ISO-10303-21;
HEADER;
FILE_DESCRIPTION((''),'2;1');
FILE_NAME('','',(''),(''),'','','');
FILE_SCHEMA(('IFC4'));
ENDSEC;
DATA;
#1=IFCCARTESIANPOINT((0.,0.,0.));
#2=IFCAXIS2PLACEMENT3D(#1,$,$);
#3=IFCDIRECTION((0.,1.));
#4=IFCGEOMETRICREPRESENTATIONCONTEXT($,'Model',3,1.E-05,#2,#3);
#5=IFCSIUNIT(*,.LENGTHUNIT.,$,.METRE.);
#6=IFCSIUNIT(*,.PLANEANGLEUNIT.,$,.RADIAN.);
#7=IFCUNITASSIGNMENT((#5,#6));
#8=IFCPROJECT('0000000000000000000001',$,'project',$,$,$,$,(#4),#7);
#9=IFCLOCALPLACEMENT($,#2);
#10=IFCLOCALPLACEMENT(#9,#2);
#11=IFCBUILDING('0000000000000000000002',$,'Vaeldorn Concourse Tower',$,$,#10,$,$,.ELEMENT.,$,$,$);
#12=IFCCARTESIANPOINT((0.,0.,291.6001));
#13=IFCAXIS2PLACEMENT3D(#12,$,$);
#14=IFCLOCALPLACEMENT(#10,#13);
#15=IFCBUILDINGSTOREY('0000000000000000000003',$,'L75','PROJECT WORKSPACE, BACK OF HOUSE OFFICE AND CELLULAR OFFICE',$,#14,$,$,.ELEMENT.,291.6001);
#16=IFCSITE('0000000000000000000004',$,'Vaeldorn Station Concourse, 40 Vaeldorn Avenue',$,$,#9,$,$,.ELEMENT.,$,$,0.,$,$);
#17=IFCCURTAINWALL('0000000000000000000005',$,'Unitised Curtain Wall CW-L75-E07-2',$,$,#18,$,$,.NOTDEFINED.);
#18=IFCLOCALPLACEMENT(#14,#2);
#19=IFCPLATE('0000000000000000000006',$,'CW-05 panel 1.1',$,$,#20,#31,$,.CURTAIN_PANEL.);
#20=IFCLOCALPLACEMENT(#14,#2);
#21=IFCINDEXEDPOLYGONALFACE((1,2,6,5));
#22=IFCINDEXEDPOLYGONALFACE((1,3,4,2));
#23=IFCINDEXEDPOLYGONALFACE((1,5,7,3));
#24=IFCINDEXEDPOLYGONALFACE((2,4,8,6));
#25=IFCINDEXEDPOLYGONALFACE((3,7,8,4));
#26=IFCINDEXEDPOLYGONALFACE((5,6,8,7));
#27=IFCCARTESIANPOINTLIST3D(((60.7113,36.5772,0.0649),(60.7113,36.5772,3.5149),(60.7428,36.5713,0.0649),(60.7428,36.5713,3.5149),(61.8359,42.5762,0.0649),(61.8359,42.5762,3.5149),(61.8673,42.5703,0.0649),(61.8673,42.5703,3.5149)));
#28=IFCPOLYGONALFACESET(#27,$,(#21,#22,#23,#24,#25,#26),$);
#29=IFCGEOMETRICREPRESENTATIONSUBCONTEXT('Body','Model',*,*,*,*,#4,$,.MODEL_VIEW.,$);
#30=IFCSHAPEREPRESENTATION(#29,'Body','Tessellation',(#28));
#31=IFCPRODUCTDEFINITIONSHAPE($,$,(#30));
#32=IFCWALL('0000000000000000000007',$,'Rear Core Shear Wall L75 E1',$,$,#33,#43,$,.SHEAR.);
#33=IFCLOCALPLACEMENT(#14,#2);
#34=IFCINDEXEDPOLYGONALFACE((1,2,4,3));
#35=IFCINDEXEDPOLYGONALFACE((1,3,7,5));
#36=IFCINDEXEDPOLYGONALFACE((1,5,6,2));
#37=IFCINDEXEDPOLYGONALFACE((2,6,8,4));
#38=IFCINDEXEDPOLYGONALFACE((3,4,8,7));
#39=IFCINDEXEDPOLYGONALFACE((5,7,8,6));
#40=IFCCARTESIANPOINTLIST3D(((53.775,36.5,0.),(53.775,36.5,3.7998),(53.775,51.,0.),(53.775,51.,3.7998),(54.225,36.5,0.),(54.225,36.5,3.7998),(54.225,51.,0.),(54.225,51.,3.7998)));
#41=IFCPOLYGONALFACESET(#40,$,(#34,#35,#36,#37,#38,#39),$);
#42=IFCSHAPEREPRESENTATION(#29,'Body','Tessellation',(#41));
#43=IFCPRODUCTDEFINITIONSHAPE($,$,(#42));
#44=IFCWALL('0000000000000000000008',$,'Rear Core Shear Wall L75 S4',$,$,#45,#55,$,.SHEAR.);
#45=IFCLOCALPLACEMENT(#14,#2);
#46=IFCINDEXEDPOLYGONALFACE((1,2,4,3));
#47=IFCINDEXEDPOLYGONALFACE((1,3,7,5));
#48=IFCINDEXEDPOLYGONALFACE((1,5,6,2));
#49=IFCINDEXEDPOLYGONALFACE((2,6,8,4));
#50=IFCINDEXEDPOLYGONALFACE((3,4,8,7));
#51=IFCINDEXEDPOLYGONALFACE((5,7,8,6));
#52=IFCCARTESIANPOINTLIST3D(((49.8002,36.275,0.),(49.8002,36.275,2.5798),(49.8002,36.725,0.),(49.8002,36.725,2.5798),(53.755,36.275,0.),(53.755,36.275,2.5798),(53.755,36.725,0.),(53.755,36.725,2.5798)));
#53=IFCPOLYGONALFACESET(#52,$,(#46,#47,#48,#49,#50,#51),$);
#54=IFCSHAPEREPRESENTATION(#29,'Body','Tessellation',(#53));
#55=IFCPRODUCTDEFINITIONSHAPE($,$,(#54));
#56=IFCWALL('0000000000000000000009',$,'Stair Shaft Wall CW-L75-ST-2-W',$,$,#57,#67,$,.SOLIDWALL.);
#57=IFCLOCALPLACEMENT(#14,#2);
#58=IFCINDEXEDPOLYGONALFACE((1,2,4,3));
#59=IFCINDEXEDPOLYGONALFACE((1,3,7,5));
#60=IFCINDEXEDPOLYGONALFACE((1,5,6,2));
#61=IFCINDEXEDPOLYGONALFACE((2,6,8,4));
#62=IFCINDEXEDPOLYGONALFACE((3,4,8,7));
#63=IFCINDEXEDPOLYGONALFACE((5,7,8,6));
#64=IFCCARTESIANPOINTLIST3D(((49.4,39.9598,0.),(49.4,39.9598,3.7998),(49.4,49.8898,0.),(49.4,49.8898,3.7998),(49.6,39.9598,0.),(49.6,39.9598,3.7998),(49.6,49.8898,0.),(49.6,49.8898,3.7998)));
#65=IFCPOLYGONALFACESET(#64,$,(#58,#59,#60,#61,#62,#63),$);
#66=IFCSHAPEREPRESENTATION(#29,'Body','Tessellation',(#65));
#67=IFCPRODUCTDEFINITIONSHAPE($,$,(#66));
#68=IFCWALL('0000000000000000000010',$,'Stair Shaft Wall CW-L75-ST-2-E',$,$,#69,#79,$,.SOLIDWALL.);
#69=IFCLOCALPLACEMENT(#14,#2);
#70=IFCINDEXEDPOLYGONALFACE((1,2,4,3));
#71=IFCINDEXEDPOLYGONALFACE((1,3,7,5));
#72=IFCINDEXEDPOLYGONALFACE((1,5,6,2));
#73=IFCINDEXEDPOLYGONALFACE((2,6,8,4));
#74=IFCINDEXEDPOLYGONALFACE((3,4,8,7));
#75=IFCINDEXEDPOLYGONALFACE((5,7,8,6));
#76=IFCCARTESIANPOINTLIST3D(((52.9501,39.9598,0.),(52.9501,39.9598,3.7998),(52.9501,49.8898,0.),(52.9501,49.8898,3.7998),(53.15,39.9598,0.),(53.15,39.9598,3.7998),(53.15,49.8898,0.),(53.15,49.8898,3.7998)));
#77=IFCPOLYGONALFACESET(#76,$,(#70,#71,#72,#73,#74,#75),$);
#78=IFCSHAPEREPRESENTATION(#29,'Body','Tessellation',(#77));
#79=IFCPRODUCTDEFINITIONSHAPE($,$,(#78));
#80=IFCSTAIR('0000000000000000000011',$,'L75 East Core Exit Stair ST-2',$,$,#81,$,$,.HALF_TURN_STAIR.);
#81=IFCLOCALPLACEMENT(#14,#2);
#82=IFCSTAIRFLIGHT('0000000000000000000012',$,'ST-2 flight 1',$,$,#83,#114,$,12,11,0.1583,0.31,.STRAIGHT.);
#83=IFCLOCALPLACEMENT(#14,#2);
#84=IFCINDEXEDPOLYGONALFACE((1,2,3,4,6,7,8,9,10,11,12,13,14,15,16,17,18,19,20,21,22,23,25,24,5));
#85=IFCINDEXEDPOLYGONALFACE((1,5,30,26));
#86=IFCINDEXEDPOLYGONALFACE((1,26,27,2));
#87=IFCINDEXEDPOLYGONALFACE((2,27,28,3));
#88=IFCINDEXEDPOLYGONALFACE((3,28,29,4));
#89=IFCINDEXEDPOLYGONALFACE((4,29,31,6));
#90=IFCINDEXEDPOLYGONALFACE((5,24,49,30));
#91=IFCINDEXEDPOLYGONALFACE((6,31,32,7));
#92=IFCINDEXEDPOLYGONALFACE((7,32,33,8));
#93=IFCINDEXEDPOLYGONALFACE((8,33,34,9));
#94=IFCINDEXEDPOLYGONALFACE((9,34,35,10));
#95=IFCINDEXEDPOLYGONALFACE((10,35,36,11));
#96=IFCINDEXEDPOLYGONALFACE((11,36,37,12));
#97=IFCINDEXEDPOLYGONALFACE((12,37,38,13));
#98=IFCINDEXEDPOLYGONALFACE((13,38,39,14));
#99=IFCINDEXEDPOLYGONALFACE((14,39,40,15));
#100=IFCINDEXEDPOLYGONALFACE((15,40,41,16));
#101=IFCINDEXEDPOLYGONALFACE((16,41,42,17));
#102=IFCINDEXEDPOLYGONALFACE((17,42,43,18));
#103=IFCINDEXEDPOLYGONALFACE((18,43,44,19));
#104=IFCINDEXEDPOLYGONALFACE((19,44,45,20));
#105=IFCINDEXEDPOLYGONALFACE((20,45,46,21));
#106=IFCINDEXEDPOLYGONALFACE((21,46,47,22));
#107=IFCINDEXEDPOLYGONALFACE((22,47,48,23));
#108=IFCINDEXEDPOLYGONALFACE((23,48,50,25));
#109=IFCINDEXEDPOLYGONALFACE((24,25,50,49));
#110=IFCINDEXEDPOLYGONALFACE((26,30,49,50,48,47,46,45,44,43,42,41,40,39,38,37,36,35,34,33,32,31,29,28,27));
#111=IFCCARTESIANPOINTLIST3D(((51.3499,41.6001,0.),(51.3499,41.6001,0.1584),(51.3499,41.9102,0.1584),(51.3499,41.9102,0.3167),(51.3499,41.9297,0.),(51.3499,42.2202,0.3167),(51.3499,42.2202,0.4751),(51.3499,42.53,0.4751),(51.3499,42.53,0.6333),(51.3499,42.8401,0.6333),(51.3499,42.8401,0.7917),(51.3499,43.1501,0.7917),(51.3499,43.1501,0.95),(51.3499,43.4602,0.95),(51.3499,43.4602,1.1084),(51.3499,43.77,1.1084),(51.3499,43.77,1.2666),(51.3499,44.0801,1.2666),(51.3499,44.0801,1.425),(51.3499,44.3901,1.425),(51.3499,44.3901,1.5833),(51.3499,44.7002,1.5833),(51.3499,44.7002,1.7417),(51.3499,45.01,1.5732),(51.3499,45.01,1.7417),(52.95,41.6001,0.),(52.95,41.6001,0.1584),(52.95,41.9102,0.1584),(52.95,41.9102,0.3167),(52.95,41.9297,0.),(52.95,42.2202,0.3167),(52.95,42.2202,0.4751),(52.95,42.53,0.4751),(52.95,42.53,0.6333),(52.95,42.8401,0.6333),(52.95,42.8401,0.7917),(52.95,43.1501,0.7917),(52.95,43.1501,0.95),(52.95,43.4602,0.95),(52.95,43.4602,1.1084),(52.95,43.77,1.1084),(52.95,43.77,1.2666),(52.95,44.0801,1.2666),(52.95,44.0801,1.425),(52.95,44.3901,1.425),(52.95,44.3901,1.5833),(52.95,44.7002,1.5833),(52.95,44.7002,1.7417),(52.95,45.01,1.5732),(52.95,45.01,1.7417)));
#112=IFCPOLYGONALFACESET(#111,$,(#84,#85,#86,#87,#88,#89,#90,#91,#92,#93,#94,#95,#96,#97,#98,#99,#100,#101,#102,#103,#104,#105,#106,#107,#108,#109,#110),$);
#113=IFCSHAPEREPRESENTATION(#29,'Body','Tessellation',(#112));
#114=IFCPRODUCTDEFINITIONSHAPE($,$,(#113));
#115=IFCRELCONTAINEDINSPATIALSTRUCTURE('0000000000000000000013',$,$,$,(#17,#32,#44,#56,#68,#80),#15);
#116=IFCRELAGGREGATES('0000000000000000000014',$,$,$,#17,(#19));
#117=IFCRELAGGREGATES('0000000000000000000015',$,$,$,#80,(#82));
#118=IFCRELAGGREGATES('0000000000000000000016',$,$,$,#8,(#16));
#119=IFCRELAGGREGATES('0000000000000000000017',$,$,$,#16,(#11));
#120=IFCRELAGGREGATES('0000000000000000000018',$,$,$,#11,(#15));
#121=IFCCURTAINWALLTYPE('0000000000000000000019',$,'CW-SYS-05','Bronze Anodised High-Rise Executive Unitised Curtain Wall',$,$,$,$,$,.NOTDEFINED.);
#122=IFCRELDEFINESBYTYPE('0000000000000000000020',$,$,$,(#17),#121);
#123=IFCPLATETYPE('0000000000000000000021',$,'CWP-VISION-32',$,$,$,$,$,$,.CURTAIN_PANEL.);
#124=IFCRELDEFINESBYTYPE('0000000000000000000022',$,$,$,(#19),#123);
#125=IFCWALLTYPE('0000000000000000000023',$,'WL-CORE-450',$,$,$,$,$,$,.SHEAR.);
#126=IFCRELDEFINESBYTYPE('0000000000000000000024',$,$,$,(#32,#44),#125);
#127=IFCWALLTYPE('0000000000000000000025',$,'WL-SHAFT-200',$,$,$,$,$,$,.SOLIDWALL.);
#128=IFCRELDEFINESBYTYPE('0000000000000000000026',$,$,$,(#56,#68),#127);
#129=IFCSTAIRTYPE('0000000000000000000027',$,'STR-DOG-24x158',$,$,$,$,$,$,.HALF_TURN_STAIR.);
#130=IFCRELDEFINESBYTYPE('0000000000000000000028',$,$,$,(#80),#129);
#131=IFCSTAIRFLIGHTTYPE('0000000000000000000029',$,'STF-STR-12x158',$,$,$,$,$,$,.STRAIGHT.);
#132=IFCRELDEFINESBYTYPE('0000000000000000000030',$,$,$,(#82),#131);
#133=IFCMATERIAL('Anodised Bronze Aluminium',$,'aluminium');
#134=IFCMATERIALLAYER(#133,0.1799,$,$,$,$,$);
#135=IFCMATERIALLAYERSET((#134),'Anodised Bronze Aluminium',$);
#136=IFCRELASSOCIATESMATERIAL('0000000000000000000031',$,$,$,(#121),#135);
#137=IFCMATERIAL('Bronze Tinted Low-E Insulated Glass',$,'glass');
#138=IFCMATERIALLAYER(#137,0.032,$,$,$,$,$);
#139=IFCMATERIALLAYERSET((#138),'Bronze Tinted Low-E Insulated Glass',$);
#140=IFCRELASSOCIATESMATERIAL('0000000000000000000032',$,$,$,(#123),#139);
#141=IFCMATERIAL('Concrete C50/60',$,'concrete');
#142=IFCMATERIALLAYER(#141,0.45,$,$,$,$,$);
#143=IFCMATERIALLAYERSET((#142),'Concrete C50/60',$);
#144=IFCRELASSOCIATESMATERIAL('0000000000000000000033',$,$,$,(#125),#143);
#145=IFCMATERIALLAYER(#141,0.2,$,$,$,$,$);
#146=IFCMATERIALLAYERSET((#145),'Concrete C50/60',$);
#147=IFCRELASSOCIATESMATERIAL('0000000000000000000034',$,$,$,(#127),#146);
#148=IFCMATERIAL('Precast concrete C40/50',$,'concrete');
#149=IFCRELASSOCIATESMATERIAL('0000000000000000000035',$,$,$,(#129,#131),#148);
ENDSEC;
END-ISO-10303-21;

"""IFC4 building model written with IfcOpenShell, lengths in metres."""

from ifc_helpers import new_model, si_unit, direction, frame, frame_2d, origin, origin_2d, place, context, subcontext, project, spatial, polyline, rectangle, outline, extrude, source, transform, mapped, material, layer, layer_set, type_object, element, aggregate, save


model = new_model("IFC4")

# Units and contexts
model_context = context("Model", 3, precision=1e-05, world=origin(), true_north=direction((0.0, 1.0)))
body_context = subcontext(model_context, "Body", "Model", "MODEL_VIEW")
ifc_project = project(units=[si_unit("LENGTHUNIT", "METRE"), si_unit("PLANEANGLEUNIT", "RADIAN")], contexts=[model_context])

# Site, building, storey
site_placement = place(None, origin())
site = spatial("IfcSite", under=ifc_project, at=site_placement, Name="Vaeldorn Station Concourse, 40 Vaeldorn Avenue", CompositionType="ELEMENT", RefElevation=0.0)
building_placement = place(site_placement, origin())
building = spatial("IfcBuilding", under=site, at=building_placement, Name="Vaeldorn Concourse Tower", CompositionType="ELEMENT")
storey_placement = place(building_placement, frame((0.0, 0.0, 291.6001)))
storey = spatial("IfcBuildingStorey", under=building, at=storey_placement, Name="L75", Description="PROJECT WORKSPACE, BACK OF HOUSE OFFICE AND CELLULAR OFFICE", CompositionType="ELEMENT", Elevation=291.6001)

# Shared definitions
ifc_material_1 = material(Name="Concrete C50/60", Category="concrete")

# Curtain wall, plate
ifc_material_2 = material(Name="Anodised Bronze Aluminium", Category="aluminium")
ifc_layer_1 = layer(ifc_material_2, 0.1799)
ifc_layer_set_1 = layer_set([ifc_layer_1], Name="Anodised Bronze Aluminium")
curtain_wall_type = type_object("IfcCurtainWallType", Name="CW-SYS-05", Description="Bronze Anodised High-Rise Executive Unitised Curtain Wall", PredefinedType="NOTDEFINED", material=ifc_layer_set_1)
curtain_wall_placement = place(storey_placement, origin())
curtain_wall = element("IfcCurtainWall", 1, at=curtain_wall_placement, inside=storey, type_object=curtain_wall_type, Name="Unitised Curtain Wall CW-L75-E07-2", PredefinedType="NOTDEFINED")
ifc_material_3 = material(Name="Bronze Tinted Low-E Insulated Glass", Category="glass")
ifc_layer_2 = layer(ifc_material_3, 0.032)
ifc_layer_set_2 = layer_set([ifc_layer_2], Name="Bronze Tinted Low-E Insulated Glass")
plate_type = type_object("IfcPlateType", Name="CWP-VISION-32", PredefinedType="CURTAIN_PANEL", material=ifc_layer_set_2)
shared_shape_1 = source(origin(), body_context, "Body", "SweptSolid", [
    extrude(rectangle(XDim=6.1035, YDim=0.032, at=origin_2d()), origin(), (0.0, 0.0, 1.0), 3.45),
])
plate_placement = place(storey_placement, frame((61.2893, 39.5737, 0.0649), z_axis=(0.0, 0.0, 1.0), x_axis=(0.184246, 0.98288, 0.0)))
plate = element("IfcPlate", 2, at=plate_placement, type_object=plate_type, Name="CW-05 panel 1.1", PredefinedType="CURTAIN_PANEL", context=body_context, shape_type="MappedRepresentation", body=[
    mapped(shared_shape_1, transform((0.0, 0.0, 0.0), scale=1.0)),
])
aggregate(curtain_wall, [plate])

# Walls
ifc_layer_3 = layer(ifc_material_1, 0.45)
ifc_layer_set_3 = layer_set([ifc_layer_3], Name="Concrete C50/60")
wall_type_1 = type_object("IfcWallType", Name="WL-CORE-450", PredefinedType="SHEAR", material=ifc_layer_set_3)
wall_1_placement = place(storey_placement, frame((54.0, 36.5, 0.0), z_axis=(0.0, 0.0, 1.0), x_axis=(0.0, 1.0, 0.0)))
element("IfcWall", 3, at=wall_1_placement, inside=storey, type_object=wall_type_1, Name="Rear Core Shear Wall L75 E1", PredefinedType="SHEAR", context=body_context, shape_type="SweptSolid", body=[
    extrude(rectangle(XDim=14.5, YDim=0.45, at=frame_2d((7.25, 0.0))), origin(), (0.0, 0.0, 1.0), 3.7998),
])
wall_2_placement = place(storey_placement, frame((49.8, 36.5, 0.0), z_axis=(0.0, 0.0, 1.0), x_axis=(1.0, 0.0, 0.0)))
element("IfcWall", 4, at=wall_2_placement, inside=storey, type_object=wall_type_1, Name="Rear Core Shear Wall L75 S4", PredefinedType="SHEAR", context=body_context, shape_type="SweptSolid", body=[
    extrude(rectangle(XDim=3.9548, YDim=0.45, at=frame_2d((1.9775, 0.0))), origin(), (0.0, 0.0, 1.0), 2.5798),
])
ifc_layer_4 = layer(ifc_material_1, 0.2)
ifc_layer_set_4 = layer_set([ifc_layer_4], Name="Concrete C50/60")
wall_type_2 = type_object("IfcWallType", Name="WL-SHAFT-200", PredefinedType="SOLIDWALL", material=ifc_layer_set_4)
for number, where, z_axis, x_axis, name in (
    (5, (49.5, 39.96, 0.0), (0.0, 0.0, 1.0), (0.0, 1.0, 0.0), "Stair Shaft Wall CW-L75-ST-2-W"),
    (6, (53.05, 39.96, 0.0), (0.0, 0.0, 1.0), (0.0, 1.0, 0.0), "Stair Shaft Wall CW-L75-ST-2-E"),
):
    element("IfcWall", number, at=place(storey_placement, frame(where, z_axis=z_axis, x_axis=x_axis)), inside=storey, type_object=wall_type_2, Name=name, PredefinedType="SOLIDWALL", context=body_context, shape_type="SweptSolid", body=[
        extrude(rectangle(XDim=9.9299, YDim=0.2, at=frame_2d((4.9648, 0.0))), origin(), (0.0, 0.0, 1.0), 3.7998),
    ])

# Stair, stair flight
ifc_material_4 = material(Name="Precast concrete C40/50", Category="concrete")
stair_type = type_object("IfcStairType", Name="STR-DOG-24x158", PredefinedType="HALF_TURN_STAIR", material=ifc_material_4)
stair_placement = place(storey_placement, origin())
stair = element("IfcStair", 7, at=stair_placement, inside=storey, type_object=stair_type, Name="L75 East Core Exit Stair ST-2", PredefinedType="HALF_TURN_STAIR")
stair_flight_type = type_object("IfcStairFlightType", Name="STF-STR-12x158", PredefinedType="STRAIGHT", material=ifc_material_4)
stair_flight_placement = place(storey_placement, frame((52.1499, 41.6001, 0.0), z_axis=(0.0, 0.0, 1.0), x_axis=(0.0, 1.0, 0.0)))
stair_flight = element("IfcStairFlight", 8, at=stair_flight_placement, type_object=stair_flight_type, Name="ST-2 flight 1", NumberOfRisers=12, NumberOfTreads=11, PredefinedType="STRAIGHT", RiserHeight=0.1583, TreadLength=0.31, context=body_context, shape_type="SweptSolid", body=[
    extrude(outline(polyline([(0.0, 0.0), (0.0, 0.1584), (0.3101, 0.1584), (0.3101, 0.3167), (0.6201, 0.3167), (0.6201, 0.4751), (0.9299, 0.4751), (0.9299, 0.6333), (1.24, 0.6333), (1.24, 0.7917), (1.55, 0.7917), (1.55, 0.95), (1.8601, 0.95), (1.8601, 1.1084), (2.1699, 1.1084), (2.1699, 1.2666), (2.48, 1.2666), (2.48, 1.425), (2.79, 1.425), (2.79, 1.5833), (3.1001, 1.5833), (3.1001, 1.7417), (3.4099, 1.7417), (3.4099, 1.8999), (3.4099, 1.5732), (0.3296, 0.0), (0.0, 0.0)])), frame((0.0, 0.8, 0.0), z_axis=(0.0, -1.0, 0.0), x_axis=(1.0, 0.0, 0.0)), (0.0, 0.0, 1.0), 1.6001),
])
aggregate(stair, [stair_flight])

save(model, "model.ifc")
